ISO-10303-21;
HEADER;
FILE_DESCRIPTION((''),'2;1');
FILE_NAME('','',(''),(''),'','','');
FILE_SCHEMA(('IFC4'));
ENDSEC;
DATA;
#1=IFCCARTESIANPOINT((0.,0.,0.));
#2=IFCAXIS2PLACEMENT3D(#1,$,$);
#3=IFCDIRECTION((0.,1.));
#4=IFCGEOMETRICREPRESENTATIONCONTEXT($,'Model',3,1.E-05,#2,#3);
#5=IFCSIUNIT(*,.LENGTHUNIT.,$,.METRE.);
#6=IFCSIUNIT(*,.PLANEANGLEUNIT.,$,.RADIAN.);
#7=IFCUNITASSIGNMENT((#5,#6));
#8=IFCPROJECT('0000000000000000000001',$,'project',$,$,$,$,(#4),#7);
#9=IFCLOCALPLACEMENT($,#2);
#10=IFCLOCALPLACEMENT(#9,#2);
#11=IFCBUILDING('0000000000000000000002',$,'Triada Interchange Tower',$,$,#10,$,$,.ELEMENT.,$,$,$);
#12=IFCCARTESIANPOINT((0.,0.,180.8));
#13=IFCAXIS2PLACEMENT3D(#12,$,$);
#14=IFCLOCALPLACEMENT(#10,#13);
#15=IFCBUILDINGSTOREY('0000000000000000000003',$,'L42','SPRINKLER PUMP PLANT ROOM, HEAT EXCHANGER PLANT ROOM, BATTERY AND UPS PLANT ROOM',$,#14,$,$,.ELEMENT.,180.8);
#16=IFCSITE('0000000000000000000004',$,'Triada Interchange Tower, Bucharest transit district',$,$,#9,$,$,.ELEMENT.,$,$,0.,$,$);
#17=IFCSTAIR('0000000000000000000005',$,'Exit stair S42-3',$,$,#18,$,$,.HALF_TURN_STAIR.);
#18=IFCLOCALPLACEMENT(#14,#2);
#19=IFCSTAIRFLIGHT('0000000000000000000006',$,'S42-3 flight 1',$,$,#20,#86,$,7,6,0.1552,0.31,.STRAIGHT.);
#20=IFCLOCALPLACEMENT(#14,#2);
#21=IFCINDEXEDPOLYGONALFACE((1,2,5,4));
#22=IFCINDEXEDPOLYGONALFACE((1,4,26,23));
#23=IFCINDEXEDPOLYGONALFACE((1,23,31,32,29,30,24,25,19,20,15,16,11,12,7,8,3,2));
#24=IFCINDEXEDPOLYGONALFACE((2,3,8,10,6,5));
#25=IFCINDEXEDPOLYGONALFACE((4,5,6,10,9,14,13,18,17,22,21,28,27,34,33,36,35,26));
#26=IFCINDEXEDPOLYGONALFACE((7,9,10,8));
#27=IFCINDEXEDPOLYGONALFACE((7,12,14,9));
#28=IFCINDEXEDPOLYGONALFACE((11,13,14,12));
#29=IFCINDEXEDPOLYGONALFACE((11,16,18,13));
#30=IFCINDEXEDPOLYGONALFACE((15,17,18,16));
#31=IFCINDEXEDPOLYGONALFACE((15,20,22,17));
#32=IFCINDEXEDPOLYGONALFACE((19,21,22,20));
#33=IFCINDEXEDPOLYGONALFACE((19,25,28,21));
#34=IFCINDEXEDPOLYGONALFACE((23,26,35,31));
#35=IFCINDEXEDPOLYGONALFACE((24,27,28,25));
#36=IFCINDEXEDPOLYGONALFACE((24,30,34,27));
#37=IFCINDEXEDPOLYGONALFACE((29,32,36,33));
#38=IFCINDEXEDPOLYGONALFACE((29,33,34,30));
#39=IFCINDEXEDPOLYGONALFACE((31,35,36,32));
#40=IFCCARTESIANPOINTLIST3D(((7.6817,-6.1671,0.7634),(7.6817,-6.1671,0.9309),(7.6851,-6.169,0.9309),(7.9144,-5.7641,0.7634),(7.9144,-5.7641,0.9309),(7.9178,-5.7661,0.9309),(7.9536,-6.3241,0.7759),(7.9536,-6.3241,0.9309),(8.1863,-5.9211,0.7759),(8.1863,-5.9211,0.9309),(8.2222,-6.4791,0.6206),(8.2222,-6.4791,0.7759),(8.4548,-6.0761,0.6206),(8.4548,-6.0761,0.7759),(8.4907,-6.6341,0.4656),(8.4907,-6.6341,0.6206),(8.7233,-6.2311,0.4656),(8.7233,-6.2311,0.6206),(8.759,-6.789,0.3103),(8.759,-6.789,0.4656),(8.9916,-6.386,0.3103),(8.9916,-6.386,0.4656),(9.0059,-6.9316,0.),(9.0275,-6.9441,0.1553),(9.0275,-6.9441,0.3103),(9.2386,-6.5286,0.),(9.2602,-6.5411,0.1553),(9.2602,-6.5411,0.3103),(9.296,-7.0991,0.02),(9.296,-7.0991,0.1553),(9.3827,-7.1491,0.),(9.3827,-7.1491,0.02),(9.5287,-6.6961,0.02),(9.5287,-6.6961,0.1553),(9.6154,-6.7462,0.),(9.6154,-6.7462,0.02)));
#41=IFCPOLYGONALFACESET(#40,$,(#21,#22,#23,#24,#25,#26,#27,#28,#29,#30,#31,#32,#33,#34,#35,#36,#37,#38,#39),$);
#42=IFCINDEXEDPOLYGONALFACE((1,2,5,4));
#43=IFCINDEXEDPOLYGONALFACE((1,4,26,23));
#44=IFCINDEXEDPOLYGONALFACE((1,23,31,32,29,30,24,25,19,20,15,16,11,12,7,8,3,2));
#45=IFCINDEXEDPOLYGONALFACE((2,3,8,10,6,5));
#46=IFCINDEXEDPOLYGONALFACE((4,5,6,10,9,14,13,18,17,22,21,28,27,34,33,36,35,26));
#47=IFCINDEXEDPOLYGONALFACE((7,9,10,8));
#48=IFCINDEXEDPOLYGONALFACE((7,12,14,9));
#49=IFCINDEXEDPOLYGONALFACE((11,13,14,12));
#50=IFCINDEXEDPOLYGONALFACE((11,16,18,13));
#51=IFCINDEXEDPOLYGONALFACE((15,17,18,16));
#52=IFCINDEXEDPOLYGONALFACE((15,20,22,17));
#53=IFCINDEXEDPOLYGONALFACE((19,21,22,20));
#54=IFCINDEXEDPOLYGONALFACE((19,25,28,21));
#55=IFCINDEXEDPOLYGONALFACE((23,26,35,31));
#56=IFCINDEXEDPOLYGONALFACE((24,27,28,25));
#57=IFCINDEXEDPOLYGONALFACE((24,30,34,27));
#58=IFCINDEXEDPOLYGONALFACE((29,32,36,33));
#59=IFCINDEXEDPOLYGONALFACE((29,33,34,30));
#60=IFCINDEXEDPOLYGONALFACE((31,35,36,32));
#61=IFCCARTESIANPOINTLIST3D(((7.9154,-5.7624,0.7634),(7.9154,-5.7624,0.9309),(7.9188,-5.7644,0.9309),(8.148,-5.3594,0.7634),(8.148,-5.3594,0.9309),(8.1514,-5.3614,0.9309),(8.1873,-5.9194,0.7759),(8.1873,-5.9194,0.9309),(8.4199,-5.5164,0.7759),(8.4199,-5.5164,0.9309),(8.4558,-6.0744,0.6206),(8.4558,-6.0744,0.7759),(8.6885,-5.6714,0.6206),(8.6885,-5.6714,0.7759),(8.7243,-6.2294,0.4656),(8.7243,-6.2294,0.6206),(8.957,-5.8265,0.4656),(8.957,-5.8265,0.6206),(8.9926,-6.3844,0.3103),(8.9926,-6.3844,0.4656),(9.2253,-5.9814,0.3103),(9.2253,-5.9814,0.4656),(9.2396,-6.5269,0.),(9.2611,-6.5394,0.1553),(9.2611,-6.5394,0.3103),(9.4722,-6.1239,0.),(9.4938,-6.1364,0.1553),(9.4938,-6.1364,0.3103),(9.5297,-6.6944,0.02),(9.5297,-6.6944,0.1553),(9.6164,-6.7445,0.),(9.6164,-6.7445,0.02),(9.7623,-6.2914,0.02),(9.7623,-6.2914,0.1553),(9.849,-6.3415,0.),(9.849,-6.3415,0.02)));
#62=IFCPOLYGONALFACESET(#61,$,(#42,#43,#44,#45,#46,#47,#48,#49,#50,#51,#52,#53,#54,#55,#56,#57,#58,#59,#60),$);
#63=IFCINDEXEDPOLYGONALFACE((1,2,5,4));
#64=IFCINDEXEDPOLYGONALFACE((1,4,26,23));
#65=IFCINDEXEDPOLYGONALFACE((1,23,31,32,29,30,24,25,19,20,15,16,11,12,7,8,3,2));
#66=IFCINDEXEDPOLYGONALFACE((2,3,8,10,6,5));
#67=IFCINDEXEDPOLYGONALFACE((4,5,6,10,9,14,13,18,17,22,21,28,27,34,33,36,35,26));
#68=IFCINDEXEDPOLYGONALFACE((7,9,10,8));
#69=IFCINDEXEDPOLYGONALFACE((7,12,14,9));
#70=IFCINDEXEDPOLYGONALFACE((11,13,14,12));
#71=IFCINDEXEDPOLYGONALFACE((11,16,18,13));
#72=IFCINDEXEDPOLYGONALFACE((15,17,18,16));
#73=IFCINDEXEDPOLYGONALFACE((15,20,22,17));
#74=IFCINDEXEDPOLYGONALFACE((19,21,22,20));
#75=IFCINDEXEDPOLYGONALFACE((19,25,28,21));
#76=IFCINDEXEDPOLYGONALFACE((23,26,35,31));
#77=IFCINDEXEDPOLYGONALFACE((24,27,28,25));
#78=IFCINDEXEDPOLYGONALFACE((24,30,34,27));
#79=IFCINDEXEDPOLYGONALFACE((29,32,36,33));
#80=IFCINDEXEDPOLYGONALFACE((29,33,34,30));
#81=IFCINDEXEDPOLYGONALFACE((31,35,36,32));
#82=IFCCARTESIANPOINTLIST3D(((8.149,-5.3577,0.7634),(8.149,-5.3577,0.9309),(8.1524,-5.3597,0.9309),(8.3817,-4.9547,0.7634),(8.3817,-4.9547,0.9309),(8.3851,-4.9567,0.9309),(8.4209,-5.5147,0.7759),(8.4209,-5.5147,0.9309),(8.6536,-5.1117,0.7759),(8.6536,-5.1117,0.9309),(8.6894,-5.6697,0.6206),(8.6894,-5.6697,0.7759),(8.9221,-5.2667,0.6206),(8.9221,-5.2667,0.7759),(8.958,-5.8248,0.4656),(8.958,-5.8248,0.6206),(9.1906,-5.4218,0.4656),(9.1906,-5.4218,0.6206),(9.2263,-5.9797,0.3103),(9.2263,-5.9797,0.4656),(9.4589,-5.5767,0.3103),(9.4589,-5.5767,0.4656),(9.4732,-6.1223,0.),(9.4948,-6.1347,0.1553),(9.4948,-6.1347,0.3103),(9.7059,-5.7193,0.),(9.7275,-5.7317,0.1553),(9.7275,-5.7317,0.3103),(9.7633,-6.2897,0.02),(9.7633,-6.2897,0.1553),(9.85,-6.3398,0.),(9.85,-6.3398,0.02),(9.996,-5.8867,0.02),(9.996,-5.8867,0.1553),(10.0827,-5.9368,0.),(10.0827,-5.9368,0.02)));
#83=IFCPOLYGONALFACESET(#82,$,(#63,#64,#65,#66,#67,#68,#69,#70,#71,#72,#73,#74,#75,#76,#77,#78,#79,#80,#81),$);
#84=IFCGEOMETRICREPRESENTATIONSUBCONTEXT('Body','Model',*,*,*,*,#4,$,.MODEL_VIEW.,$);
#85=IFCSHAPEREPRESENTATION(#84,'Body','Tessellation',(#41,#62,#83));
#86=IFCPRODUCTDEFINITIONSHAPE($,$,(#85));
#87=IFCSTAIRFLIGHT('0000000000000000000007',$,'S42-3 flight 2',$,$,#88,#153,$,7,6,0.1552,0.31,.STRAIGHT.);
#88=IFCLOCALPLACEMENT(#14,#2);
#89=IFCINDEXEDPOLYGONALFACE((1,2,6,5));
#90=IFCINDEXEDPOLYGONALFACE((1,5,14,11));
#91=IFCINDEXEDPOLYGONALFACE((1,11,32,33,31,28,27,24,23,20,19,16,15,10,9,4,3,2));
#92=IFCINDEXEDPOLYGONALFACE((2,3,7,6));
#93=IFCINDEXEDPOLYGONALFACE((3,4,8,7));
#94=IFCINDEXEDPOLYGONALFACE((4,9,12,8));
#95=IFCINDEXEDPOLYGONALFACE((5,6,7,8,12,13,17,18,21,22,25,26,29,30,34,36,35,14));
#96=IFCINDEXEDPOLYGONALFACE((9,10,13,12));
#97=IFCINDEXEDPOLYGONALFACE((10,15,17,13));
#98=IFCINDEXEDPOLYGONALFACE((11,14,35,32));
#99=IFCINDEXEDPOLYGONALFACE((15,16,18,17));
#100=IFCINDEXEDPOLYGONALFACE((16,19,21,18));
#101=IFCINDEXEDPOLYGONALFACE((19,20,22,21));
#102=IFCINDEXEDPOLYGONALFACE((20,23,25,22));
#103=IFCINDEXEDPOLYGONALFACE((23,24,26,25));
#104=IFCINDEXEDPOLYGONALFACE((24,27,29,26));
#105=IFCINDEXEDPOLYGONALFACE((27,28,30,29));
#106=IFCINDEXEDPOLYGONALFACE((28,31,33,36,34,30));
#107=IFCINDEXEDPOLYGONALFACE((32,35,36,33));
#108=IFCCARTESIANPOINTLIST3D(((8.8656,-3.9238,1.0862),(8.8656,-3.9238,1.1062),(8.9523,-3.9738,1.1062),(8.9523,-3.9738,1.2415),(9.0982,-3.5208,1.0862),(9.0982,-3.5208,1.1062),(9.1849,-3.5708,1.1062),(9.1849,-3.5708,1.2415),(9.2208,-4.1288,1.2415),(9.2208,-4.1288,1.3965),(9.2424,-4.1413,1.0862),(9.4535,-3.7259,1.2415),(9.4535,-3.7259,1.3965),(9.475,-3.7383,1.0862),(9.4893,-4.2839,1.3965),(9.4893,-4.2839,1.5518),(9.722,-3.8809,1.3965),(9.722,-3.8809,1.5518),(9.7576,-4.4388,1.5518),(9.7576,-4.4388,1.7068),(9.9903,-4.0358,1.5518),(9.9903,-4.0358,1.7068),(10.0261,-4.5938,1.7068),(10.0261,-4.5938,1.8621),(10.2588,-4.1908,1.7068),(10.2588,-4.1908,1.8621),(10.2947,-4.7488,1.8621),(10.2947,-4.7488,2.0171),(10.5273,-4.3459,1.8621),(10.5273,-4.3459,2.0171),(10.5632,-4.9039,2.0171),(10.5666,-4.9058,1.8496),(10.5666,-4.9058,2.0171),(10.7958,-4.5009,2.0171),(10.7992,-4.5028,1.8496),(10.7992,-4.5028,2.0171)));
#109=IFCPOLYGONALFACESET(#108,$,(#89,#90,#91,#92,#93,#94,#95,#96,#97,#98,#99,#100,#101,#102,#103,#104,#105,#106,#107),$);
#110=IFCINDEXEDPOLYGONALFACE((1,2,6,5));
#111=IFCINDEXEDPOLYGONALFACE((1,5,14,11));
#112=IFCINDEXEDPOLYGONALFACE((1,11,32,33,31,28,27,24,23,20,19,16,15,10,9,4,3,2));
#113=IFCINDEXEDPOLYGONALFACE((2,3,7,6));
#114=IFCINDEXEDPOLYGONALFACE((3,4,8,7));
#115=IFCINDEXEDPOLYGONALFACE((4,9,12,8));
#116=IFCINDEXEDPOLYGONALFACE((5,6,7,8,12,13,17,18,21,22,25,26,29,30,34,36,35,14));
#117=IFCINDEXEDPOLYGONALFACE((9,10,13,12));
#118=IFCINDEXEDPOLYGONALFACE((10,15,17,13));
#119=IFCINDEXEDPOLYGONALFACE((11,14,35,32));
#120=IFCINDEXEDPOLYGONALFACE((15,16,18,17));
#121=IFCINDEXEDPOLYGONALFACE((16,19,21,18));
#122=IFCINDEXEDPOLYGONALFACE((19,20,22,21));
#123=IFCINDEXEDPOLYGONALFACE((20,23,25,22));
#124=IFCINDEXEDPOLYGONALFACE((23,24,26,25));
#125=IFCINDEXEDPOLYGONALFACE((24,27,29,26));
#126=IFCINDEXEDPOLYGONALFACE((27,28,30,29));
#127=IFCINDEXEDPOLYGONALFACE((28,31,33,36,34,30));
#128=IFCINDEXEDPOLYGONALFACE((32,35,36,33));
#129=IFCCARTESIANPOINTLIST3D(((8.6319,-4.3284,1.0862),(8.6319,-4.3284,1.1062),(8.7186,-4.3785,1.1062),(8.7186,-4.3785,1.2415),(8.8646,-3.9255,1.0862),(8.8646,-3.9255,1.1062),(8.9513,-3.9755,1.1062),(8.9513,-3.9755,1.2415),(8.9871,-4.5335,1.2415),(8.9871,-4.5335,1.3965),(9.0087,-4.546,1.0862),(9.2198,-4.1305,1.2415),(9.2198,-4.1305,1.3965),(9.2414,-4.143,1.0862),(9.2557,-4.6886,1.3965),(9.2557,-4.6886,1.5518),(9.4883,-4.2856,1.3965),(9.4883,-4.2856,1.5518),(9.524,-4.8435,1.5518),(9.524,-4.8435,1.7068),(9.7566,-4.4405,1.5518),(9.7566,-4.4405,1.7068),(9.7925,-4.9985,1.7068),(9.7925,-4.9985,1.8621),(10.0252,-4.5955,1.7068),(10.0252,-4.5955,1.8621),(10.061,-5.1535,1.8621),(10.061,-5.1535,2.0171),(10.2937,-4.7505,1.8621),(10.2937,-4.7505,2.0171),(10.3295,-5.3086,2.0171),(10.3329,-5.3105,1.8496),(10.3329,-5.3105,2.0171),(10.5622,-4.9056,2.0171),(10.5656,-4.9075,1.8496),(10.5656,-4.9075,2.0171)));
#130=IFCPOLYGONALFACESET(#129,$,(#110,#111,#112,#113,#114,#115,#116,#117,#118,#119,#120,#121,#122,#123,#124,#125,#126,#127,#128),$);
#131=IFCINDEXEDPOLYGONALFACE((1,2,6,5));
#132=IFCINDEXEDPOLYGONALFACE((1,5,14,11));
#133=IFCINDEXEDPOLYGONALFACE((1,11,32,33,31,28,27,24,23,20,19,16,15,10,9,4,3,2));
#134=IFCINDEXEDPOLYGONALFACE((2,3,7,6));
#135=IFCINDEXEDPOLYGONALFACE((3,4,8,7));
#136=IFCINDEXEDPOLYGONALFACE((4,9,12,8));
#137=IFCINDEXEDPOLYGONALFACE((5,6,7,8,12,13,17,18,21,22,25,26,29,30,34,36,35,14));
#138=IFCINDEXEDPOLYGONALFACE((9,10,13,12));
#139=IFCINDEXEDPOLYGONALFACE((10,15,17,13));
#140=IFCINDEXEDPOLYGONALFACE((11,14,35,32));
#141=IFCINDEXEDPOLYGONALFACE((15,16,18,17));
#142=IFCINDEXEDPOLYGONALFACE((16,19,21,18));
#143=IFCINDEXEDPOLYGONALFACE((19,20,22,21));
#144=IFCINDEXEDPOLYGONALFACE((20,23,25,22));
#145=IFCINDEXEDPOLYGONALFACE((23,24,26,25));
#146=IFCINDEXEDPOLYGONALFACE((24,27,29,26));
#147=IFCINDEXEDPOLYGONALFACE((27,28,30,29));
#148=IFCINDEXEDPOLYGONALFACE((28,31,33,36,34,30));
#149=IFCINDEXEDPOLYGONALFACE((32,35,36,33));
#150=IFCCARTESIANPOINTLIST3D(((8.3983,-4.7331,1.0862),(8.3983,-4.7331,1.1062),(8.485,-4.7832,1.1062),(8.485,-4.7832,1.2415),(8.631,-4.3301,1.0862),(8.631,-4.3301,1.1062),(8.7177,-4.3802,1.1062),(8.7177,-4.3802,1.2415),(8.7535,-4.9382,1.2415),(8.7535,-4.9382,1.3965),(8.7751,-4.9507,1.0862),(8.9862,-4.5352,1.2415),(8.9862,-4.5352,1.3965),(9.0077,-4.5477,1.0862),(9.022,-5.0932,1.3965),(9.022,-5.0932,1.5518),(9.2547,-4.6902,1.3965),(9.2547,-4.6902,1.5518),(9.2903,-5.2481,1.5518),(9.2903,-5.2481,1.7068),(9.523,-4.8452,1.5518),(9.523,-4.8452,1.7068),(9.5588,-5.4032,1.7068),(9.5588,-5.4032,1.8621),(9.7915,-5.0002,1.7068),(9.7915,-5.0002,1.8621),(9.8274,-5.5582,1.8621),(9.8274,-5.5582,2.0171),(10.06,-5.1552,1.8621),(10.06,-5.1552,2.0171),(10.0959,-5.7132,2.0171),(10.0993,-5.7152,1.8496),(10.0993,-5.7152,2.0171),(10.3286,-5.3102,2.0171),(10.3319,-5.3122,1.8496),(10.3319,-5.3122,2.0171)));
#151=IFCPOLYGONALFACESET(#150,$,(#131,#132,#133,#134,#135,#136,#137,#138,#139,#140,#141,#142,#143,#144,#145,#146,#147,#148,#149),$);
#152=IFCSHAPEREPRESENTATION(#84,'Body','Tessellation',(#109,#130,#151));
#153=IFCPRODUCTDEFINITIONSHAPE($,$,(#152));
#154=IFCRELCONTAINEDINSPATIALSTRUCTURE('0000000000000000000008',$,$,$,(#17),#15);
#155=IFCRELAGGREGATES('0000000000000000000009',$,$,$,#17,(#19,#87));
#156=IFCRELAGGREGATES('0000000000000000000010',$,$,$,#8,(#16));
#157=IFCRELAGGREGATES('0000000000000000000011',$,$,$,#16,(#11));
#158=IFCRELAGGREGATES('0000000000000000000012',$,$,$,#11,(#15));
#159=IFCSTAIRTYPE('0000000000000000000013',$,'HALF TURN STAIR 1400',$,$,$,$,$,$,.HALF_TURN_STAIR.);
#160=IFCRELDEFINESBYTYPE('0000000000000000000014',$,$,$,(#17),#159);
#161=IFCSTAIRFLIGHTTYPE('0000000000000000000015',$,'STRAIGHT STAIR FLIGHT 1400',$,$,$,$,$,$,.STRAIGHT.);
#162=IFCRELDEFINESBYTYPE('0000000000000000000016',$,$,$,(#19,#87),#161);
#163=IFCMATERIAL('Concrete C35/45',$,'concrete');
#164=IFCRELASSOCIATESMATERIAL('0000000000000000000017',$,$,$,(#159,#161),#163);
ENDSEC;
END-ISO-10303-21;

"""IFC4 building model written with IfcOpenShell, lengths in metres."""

from ifc_helpers import new_model, si_unit, direction, frame, origin, place, context, subcontext, project, spatial, polyline, outline, extrude, material, type_object, element, aggregate, save


model = new_model("IFC4")

# Units and contexts
model_context = context("Model", 3, precision=1e-05, world=origin(), true_north=direction((0.0, 1.0)))
body_context = subcontext(model_context, "Body", "Model", "MODEL_VIEW")
ifc_project = project(units=[si_unit("LENGTHUNIT", "METRE"), si_unit("PLANEANGLEUNIT", "RADIAN")], contexts=[model_context])

# Site, building, storey
site_placement = place(None, origin())
site = spatial("IfcSite", under=ifc_project, at=site_placement, Name="Triada Interchange Tower, Bucharest transit district", CompositionType="ELEMENT", RefElevation=0.0)
building_placement = place(site_placement, origin())
building = spatial("IfcBuilding", under=site, at=building_placement, Name="Triada Interchange Tower", CompositionType="ELEMENT")
storey_placement = place(building_placement, frame((0.0, 0.0, 180.8)))
storey = spatial("IfcBuildingStorey", under=building, at=storey_placement, Name="L42", Description="SPRINKLER PUMP PLANT ROOM, HEAT EXCHANGER PLANT ROOM, BATTERY AND UPS PLANT ROOM", CompositionType="ELEMENT", Elevation=180.8)

# Shared definitions
ifc_material_1 = material(Name="Concrete C35/45", Category="concrete")

# Stair, stair flights
stair_type = type_object("IfcStairType", Name="HALF TURN STAIR 1400", PredefinedType="HALF_TURN_STAIR", material=ifc_material_1)
stair_placement = place(storey_placement, origin())
stair = element("IfcStair", 1, at=stair_placement, inside=storey, type_object=stair_type, Name="Exit stair S42-3", PredefinedType="HALF_TURN_STAIR")
stair_flight_type = type_object("IfcStairFlightType", Name="STRAIGHT STAIR FLIGHT 1400", PredefinedType="STRAIGHT", material=ifc_material_1)
stair_flight_1_placement = place(storey_placement, frame((9.646, -6.4929, 0.0), z_axis=(0.0, 0.0, 1.0), x_axis=(-0.866025, 0.5, 0.0)))
stair_flight_1 = element("IfcStairFlight", 2, at=stair_flight_1_placement, type_object=stair_flight_type, Name="S42-3 flight 1", NumberOfRisers=7, NumberOfTreads=6, PredefinedType="STRAIGHT", RiserHeight=0.1552, TreadLength=0.31, context=body_context, shape_type="SweptSolid", body=[
    extrude(outline(polyline([(-0.1001, 0.0), (-0.1001, 0.02), (0.0, 0.02), (0.0, 0.1553), (0.3101, 0.1553), (0.3101, 0.3103), (0.6201, 0.3103), (0.6201, 0.4656), (0.9299, 0.4656), (0.9299, 0.6206), (1.24, 0.6206), (1.24, 0.7759), (1.55, 0.7759), (1.55, 0.9309), (1.8601, 0.9309), (1.864, 0.9309), (1.864, 1.0862), (1.864, 0.7634), (0.335, 0.0), (-0.1001, 0.0)])), frame((0.0, 0.7, 0.0), z_axis=(0.0, -1.0, 0.0), x_axis=(1.0, 0.0, 0.0)), (0.0, 0.0, 1.0), 0.4653),
    extrude(outline(polyline([(-0.1001, 0.0), (-0.1001, 0.02), (0.0, 0.02), (0.0, 0.1553), (0.3101, 0.1553), (0.3101, 0.3103), (0.6201, 0.3103), (0.6201, 0.4656), (0.9299, 0.4656), (0.9299, 0.6206), (1.24, 0.6206), (1.24, 0.7759), (1.55, 0.7759), (1.55, 0.9309), (1.8601, 0.9309), (1.864, 0.9309), (1.864, 1.0862), (1.864, 0.7634), (0.335, 0.0), (-0.1001, 0.0)])), frame((0.0, 0.2327, 0.0), z_axis=(0.0, -1.0, 0.0), x_axis=(1.0, 0.0, 0.0)), (0.0, 0.0, 1.0), 0.4653),
    extrude(outline(polyline([(-0.1001, 0.0), (-0.1001, 0.02), (0.0, 0.02), (0.0, 0.1553), (0.3101, 0.1553), (0.3101, 0.3103), (0.6201, 0.3103), (0.6201, 0.4656), (0.9299, 0.4656), (0.9299, 0.6206), (1.24, 0.6206), (1.24, 0.7759), (1.55, 0.7759), (1.55, 0.9309), (1.8601, 0.9309), (1.864, 0.9309), (1.864, 1.0862), (1.864, 0.7634), (0.335, 0.0), (-0.1001, 0.0)])), frame((0.0, -0.2346, 0.0), z_axis=(0.0, -1.0, 0.0), x_axis=(1.0, 0.0, 0.0)), (0.0, 0.0, 1.0), 0.4653),
])
stair_flight_2_placement = place(storey_placement, frame((8.835, -4.177, 1.0862), z_axis=(0.0, 0.0, 1.0), x_axis=(0.866025, -0.5, 0.0)))
stair_flight_2 = element("IfcStairFlight", 3, at=stair_flight_2_placement, type_object=stair_flight_type, Name="S42-3 flight 2", NumberOfRisers=7, NumberOfTreads=6, PredefinedType="STRAIGHT", RiserHeight=0.1552, TreadLength=0.31, context=body_context, shape_type="SweptSolid", body=[
    extrude(outline(polyline([(-0.1001, 0.0), (-0.1001, 0.02), (0.0, 0.02), (0.0, 0.1553), (0.3101, 0.1553), (0.3101, 0.3103), (0.6201, 0.3103), (0.6201, 0.4656), (0.9299, 0.4656), (0.9299, 0.6206), (1.24, 0.6206), (1.24, 0.7759), (1.55, 0.7759), (1.55, 0.9309), (1.8601, 0.9309), (1.864, 0.9309), (1.864, 1.0862), (1.864, 0.7634), (0.335, 0.0), (-0.1001, 0.0)])), frame((0.0, 0.7, 0.0), z_axis=(0.0, -1.0, 0.0), x_axis=(1.0, 0.0, 0.0)), (0.0, 0.0, 1.0), 0.4653),
    extrude(outline(polyline([(-0.1001, 0.0), (-0.1001, 0.02), (0.0, 0.02), (0.0, 0.1553), (0.3101, 0.1553), (0.3101, 0.3103), (0.6201, 0.3103), (0.6201, 0.4656), (0.9299, 0.4656), (0.9299, 0.6206), (1.24, 0.6206), (1.24, 0.7759), (1.55, 0.7759), (1.55, 0.9309), (1.8601, 0.9309), (1.864, 0.9309), (1.864, 1.0862), (1.864, 0.7634), (0.335, 0.0), (-0.1001, 0.0)])), frame((0.0, 0.2327, 0.0), z_axis=(0.0, -1.0, 0.0), x_axis=(1.0, 0.0, 0.0)), (0.0, 0.0, 1.0), 0.4653),
    extrude(outline(polyline([(-0.1001, 0.0), (-0.1001, 0.02), (0.0, 0.02), (0.0, 0.1553), (0.3101, 0.1553), (0.3101, 0.3103), (0.6201, 0.3103), (0.6201, 0.4656), (0.9299, 0.4656), (0.9299, 0.6206), (1.24, 0.6206), (1.24, 0.7759), (1.55, 0.7759), (1.55, 0.9309), (1.8601, 0.9309), (1.864, 0.9309), (1.864, 1.0862), (1.864, 0.7634), (0.335, 0.0), (-0.1001, 0.0)])), frame((0.0, -0.2346, 0.0), z_axis=(0.0, -1.0, 0.0), x_axis=(1.0, 0.0, 0.0)), (0.0, 0.0, 1.0), 0.4653),
])
aggregate(stair, [stair_flight_1, stair_flight_2])

save(model, "model.ifc")
